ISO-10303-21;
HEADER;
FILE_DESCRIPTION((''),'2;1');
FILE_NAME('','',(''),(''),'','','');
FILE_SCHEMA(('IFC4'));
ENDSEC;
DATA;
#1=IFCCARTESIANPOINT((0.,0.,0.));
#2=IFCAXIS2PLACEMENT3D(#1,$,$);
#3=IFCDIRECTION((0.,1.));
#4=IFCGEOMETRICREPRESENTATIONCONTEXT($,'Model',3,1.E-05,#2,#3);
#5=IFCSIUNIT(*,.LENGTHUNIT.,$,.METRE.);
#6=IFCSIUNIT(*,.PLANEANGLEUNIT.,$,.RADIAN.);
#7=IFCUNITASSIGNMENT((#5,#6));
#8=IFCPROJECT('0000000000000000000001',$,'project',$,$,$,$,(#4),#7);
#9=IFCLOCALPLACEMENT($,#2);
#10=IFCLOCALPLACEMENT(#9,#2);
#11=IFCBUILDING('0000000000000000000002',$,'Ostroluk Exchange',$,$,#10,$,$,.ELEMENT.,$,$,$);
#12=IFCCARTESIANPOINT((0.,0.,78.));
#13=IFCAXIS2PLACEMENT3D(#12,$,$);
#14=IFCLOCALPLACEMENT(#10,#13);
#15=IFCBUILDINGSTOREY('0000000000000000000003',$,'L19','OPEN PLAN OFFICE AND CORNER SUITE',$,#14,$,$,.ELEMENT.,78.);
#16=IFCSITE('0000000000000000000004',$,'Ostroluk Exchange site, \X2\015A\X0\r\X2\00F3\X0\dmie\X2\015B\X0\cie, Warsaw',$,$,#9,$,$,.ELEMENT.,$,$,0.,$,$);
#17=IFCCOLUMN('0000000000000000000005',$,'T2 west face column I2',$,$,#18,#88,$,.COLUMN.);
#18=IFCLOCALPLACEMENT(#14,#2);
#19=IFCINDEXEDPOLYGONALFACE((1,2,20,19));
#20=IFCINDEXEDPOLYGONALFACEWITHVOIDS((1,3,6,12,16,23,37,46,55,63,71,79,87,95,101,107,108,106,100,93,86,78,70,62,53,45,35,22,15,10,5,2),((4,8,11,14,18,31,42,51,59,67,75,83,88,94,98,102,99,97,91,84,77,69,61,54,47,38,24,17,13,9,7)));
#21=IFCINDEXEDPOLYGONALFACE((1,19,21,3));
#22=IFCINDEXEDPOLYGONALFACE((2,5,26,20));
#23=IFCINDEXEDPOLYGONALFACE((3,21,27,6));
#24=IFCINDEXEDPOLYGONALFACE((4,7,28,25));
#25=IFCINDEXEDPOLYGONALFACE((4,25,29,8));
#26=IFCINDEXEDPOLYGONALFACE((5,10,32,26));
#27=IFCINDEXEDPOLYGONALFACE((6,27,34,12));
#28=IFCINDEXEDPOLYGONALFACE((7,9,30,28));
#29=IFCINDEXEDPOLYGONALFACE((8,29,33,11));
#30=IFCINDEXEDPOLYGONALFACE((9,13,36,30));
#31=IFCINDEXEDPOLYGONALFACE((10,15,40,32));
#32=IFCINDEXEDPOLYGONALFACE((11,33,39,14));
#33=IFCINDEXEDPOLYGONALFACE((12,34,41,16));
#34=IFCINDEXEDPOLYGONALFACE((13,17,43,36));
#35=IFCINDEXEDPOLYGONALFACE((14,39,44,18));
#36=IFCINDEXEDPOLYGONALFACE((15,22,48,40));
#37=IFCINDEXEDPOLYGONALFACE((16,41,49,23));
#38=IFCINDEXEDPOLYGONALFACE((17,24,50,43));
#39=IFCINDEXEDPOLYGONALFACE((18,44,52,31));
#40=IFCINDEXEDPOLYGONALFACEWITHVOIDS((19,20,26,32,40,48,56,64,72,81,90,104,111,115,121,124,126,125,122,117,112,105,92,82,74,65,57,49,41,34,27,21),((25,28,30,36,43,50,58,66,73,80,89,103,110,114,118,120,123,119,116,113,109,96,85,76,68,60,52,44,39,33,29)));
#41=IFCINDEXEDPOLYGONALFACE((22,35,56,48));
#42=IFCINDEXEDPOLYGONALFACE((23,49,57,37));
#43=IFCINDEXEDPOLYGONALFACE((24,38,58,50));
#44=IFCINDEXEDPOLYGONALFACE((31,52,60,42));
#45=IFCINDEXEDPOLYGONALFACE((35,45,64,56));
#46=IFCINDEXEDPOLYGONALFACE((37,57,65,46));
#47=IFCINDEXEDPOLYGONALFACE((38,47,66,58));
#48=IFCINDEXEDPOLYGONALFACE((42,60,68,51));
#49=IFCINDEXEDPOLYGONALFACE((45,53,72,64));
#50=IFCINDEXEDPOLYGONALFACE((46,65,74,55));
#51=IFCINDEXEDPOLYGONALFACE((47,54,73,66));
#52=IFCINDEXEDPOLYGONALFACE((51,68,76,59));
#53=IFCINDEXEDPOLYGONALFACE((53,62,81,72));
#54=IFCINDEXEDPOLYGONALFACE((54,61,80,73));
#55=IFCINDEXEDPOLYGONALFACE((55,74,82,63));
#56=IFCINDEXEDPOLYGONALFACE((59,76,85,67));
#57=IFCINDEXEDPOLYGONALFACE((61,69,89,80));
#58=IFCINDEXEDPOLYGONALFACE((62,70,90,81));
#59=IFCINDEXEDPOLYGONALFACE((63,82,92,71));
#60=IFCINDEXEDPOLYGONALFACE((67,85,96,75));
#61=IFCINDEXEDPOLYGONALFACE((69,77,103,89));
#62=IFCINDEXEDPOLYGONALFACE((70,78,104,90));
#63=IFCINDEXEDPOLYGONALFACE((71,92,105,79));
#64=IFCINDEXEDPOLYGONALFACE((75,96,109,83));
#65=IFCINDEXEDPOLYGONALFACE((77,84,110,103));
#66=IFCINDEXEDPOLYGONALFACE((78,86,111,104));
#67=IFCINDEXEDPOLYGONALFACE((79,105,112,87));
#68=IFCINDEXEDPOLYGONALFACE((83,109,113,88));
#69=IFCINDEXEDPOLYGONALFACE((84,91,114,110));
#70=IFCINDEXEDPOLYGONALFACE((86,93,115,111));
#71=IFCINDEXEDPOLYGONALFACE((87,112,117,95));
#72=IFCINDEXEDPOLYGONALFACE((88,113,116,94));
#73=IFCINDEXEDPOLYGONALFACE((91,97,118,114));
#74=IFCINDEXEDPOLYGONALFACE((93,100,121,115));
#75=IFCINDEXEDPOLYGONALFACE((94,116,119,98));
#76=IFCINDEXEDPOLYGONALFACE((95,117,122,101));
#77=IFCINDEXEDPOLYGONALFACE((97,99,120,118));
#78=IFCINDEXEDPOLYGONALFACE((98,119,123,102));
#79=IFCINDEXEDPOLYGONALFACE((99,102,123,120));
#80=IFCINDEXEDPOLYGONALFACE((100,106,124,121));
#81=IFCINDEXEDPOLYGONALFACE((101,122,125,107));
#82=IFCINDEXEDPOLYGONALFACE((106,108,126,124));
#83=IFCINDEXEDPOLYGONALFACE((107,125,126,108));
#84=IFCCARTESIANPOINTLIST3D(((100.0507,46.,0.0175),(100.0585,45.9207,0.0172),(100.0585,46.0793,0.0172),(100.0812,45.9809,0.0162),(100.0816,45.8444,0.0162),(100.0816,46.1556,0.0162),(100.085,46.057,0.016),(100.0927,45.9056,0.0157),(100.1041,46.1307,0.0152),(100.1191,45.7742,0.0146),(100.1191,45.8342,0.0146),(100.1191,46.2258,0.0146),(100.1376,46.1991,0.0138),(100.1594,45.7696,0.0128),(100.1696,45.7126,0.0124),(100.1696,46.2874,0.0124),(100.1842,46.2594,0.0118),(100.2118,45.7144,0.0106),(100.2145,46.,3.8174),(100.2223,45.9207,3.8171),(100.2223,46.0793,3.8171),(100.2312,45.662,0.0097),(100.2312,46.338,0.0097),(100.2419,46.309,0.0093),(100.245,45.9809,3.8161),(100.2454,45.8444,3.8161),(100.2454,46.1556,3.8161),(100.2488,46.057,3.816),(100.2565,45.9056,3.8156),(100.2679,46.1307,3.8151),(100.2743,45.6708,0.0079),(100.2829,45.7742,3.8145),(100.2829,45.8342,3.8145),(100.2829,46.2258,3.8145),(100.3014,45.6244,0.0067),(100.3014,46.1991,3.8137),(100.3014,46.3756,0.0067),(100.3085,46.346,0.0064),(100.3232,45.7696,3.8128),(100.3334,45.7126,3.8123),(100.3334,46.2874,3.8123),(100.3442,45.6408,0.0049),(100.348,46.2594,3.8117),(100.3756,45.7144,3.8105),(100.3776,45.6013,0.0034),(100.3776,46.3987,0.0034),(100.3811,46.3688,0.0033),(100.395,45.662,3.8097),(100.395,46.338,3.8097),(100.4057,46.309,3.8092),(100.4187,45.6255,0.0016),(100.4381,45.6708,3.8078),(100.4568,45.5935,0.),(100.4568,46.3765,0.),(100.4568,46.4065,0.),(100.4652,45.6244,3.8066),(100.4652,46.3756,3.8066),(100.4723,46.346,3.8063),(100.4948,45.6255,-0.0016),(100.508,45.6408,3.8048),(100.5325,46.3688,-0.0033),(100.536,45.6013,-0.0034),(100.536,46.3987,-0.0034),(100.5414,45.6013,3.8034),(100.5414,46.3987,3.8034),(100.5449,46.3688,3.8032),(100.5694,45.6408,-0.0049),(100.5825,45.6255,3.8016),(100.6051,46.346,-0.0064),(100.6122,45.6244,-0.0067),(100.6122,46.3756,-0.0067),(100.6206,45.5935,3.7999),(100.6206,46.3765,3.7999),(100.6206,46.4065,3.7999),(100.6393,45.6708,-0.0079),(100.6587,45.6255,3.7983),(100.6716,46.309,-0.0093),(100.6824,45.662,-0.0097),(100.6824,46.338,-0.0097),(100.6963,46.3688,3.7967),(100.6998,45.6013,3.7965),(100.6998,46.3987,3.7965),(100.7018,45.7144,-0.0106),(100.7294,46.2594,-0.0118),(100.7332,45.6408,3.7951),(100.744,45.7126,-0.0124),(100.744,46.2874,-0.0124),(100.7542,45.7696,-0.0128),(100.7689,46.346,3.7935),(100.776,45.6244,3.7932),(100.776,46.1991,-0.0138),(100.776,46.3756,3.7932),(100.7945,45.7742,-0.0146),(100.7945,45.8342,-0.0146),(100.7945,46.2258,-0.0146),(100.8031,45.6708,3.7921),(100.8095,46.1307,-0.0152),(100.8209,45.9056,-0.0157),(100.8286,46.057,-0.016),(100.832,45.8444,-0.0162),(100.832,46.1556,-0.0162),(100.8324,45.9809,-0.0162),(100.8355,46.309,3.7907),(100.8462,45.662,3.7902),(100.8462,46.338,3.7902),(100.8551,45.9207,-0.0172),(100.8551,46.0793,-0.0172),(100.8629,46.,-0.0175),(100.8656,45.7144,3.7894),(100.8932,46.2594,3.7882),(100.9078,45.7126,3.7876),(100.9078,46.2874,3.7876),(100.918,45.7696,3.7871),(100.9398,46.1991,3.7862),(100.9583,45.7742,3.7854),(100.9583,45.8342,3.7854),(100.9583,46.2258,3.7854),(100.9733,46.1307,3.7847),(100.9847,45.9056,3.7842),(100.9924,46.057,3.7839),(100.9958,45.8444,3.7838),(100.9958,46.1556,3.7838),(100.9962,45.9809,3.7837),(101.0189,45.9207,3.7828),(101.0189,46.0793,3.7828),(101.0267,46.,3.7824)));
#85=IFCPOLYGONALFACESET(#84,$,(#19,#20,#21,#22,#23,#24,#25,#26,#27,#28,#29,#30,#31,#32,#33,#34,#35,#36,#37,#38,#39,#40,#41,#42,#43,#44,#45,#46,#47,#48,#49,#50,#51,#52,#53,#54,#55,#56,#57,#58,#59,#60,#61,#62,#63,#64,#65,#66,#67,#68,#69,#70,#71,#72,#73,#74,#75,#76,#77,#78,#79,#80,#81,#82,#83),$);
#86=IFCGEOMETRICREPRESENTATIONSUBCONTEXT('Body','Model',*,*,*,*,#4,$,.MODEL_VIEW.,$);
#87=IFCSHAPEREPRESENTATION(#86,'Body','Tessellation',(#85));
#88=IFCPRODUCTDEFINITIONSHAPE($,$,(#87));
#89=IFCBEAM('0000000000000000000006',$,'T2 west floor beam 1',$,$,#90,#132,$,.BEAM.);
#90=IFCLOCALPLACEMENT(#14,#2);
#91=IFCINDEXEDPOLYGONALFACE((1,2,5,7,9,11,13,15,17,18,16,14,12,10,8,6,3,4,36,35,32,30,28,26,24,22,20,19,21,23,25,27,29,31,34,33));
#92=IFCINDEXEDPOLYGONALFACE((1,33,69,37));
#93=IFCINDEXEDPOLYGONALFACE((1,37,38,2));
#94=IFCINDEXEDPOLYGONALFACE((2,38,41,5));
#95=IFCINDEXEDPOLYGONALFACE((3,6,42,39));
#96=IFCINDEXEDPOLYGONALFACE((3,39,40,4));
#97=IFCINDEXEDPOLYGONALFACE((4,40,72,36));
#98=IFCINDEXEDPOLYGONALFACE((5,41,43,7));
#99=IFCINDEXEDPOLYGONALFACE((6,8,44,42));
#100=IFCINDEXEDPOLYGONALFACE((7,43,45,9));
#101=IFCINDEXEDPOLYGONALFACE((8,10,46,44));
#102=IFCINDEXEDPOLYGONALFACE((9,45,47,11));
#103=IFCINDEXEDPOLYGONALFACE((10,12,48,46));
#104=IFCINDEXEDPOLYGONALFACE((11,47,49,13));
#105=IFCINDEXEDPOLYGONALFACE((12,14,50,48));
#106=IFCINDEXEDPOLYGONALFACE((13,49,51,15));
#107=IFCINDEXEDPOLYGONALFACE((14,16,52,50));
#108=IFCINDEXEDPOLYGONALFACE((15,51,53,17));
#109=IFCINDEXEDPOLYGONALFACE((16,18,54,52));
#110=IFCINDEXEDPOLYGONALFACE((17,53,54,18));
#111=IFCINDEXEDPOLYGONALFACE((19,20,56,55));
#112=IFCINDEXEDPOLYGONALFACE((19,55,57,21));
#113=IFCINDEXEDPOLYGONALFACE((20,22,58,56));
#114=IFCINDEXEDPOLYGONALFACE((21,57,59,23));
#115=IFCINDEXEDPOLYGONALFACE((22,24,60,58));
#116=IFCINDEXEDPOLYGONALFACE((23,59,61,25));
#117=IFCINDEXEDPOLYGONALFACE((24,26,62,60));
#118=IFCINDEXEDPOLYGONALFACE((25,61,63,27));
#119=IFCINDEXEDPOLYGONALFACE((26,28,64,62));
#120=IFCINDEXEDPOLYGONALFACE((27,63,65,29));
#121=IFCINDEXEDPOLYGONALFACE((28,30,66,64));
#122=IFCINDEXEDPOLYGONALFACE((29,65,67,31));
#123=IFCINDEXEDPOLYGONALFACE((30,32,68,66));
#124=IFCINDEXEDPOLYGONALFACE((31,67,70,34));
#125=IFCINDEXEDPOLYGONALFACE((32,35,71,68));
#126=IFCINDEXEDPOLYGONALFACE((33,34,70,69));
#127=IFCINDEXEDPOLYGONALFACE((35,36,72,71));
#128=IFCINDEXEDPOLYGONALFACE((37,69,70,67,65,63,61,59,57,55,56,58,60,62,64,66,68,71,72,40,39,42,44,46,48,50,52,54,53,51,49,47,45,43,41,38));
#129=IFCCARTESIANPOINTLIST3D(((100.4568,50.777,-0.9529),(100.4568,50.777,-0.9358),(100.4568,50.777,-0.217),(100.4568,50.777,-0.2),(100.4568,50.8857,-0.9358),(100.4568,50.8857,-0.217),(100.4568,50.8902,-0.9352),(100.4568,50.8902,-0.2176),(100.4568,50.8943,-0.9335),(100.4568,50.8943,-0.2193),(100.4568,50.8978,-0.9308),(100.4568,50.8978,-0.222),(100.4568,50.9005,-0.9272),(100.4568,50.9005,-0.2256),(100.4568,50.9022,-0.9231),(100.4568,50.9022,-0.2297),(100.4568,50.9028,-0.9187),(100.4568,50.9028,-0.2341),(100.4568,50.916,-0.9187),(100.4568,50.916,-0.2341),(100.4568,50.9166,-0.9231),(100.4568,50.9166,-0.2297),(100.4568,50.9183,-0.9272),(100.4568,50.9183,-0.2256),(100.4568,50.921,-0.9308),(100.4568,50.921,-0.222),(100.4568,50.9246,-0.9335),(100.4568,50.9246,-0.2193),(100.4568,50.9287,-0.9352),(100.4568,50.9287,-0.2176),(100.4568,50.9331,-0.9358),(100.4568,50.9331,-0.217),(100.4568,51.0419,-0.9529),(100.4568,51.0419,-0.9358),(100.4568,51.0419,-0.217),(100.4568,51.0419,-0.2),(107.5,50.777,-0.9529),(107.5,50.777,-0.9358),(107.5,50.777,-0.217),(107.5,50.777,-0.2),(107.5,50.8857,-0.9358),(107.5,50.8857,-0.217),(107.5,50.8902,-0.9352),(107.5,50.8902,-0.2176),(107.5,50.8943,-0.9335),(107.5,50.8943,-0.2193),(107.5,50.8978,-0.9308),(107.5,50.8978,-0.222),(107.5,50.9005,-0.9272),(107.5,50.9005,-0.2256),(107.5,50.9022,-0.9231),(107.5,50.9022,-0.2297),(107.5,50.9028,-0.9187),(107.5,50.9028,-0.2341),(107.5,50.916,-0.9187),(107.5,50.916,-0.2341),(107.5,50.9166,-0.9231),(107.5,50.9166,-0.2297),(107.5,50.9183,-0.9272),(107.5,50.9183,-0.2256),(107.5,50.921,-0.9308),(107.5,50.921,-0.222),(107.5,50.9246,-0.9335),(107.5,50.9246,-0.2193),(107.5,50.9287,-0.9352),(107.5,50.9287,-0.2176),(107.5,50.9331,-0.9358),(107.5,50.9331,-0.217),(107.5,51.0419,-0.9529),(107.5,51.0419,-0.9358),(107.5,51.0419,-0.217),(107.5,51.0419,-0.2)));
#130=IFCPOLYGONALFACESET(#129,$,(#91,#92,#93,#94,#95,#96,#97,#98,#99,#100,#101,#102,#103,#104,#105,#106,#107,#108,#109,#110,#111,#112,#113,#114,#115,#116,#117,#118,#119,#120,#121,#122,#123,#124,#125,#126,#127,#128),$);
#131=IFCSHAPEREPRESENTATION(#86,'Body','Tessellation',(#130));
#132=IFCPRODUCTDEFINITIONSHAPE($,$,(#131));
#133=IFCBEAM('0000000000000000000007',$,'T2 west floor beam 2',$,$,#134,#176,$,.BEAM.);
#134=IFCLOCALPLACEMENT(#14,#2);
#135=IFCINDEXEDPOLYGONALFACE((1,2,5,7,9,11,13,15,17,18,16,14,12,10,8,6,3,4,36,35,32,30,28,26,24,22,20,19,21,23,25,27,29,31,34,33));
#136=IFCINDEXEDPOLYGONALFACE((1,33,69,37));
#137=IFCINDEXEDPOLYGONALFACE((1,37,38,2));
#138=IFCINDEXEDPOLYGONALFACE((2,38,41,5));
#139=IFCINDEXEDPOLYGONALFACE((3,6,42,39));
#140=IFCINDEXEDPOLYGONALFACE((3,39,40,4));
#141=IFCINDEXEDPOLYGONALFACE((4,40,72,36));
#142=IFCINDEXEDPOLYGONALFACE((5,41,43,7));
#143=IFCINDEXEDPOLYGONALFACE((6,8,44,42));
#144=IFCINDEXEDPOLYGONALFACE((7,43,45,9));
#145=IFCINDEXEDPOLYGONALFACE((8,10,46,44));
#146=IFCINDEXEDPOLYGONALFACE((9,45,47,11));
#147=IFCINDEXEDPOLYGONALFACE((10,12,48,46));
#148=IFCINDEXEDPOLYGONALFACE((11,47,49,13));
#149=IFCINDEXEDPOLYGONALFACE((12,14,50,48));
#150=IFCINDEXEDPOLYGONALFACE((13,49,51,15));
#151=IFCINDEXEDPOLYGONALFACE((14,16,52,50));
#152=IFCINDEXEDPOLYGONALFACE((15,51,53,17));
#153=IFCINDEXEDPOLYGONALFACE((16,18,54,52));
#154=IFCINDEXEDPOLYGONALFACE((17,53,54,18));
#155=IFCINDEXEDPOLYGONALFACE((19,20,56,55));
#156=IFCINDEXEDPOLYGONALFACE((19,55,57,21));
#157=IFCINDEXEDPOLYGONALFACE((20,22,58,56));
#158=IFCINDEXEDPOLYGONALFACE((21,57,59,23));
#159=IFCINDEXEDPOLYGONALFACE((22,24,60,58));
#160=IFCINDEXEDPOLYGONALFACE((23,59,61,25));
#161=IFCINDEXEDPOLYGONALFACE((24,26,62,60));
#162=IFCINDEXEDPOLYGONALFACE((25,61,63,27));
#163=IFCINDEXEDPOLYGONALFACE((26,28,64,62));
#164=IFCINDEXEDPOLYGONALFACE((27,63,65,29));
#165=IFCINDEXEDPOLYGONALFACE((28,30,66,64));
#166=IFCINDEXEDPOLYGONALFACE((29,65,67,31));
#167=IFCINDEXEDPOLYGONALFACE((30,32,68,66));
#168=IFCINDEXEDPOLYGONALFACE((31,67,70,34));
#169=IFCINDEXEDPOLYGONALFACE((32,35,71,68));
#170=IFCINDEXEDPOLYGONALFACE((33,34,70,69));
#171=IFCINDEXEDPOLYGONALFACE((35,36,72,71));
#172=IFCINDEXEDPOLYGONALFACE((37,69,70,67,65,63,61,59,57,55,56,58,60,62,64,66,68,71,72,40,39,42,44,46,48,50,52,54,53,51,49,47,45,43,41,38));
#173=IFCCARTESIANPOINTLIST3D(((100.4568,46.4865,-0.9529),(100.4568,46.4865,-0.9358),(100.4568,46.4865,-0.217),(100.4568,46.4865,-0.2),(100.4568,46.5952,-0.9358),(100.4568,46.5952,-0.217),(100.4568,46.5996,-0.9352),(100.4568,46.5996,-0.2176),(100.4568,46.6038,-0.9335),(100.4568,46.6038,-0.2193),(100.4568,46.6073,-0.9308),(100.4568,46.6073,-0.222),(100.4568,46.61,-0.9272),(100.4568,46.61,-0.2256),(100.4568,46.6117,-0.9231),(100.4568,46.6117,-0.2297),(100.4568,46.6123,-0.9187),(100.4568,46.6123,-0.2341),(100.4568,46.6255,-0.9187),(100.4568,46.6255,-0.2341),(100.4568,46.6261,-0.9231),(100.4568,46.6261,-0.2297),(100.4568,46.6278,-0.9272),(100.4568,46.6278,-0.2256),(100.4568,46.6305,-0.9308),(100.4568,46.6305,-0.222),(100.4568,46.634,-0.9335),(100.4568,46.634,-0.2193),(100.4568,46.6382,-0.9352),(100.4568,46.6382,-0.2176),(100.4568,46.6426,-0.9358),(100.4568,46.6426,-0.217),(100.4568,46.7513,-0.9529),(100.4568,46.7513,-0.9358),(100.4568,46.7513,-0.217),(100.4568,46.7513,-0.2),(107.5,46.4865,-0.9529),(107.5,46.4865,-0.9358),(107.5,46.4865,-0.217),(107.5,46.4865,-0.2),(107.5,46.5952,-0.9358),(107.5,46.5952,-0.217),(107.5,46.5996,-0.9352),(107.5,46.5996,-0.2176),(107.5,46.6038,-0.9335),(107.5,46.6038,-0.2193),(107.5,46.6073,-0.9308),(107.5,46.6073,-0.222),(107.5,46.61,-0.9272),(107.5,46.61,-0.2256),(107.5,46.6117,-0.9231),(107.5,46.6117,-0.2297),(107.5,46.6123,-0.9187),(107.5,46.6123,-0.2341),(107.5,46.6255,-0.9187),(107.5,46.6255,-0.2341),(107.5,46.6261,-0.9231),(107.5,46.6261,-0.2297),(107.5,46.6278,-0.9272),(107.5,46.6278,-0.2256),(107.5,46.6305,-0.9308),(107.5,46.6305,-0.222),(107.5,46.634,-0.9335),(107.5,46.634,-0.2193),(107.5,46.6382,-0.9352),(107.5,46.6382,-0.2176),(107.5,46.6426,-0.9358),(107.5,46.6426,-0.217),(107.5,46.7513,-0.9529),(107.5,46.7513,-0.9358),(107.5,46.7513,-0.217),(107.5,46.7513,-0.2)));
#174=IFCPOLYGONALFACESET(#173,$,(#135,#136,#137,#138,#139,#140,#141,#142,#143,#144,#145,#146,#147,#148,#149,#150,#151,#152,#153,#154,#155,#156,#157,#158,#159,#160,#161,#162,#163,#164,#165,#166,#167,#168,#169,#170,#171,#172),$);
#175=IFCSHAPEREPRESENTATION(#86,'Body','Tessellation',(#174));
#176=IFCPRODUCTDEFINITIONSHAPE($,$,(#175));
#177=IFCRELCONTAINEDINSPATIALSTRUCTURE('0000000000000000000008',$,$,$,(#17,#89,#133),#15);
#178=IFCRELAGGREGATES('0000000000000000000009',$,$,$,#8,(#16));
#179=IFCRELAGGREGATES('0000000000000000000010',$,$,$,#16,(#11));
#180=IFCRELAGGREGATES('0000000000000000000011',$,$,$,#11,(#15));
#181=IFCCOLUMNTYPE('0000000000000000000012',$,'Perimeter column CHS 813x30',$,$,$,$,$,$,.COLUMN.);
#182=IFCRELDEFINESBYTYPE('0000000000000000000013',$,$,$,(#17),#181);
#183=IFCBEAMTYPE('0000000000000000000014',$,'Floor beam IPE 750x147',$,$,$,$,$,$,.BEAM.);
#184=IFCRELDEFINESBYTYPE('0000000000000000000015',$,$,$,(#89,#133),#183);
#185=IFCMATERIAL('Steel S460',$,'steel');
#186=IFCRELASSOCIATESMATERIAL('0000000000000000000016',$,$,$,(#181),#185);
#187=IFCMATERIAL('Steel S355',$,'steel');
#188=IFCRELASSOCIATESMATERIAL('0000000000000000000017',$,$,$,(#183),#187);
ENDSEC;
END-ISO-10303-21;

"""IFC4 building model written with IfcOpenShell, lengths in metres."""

from ifc_helpers import new_model, si_unit, direction, frame, origin, origin_2d, place, context, subcontext, project, spatial, hollow_circle, i_section, extrude, material, material_profile, profile_set, type_object, element, save


model = new_model("IFC4")

# Units and contexts
model_context = context("Model", 3, precision=1e-05, world=origin(), true_north=direction((0.0, 1.0)))
body_context = subcontext(model_context, "Body", "Model", "MODEL_VIEW")
ifc_project = project(units=[si_unit("LENGTHUNIT", "METRE"), si_unit("PLANEANGLEUNIT", "RADIAN")], contexts=[model_context])

# Site, building, storey
site_placement = place(None, origin())
site = spatial("IfcSite", under=ifc_project, at=site_placement, Name="Ostroluk Exchange site, Śródmieście, Warsaw", CompositionType="ELEMENT", RefElevation=0.0)
building_placement = place(site_placement, origin())
building = spatial("IfcBuilding", under=site, at=building_placement, Name="Ostroluk Exchange", CompositionType="ELEMENT")
storey_placement = place(building_placement, frame((0.0, 0.0, 78.0)))
storey = spatial("IfcBuildingStorey", under=building, at=storey_placement, Name="L19", Description="OPEN PLAN OFFICE AND CORNER SUITE", CompositionType="ELEMENT", Elevation=78.0)

# Column
ifc_material_1 = material(Name="Steel S460", Category="steel")
ifc_material_profile_1 = material_profile(ifc_material_1, hollow_circle(Radius=0.4065, WallThickness=0.03, at=origin_2d()), Name="CHS 813x30")
ifc_profile_set_1 = profile_set([ifc_material_profile_1], Name="Steel S460")
column_type = type_object("IfcColumnType", Name="Perimeter column CHS 813x30", PredefinedType="COLUMN", material=ifc_profile_set_1)
column_placement = place(storey_placement, frame((100.4568, 46.0, 0.0), z_axis=(0.04307, 0.0, 0.999072), x_axis=(0.0, 1.0, 0.0)))
element("IfcColumn", 1, at=column_placement, inside=storey, type_object=column_type, Name="T2 west face column I2", PredefinedType="COLUMN", context=body_context, shape_type="SweptSolid", body=[
    extrude(hollow_circle(Radius=0.4065, WallThickness=0.03, at=origin_2d()), origin(), (0.0, 0.0, 1.0), 3.8035),
])

# Beams
ifc_material_2 = material(Name="Steel S355", Category="steel")
ifc_material_profile_2 = material_profile(ifc_material_2, i_section(OverallWidth=0.2649, OverallDepth=0.7529, WebThickness=0.0132, FlangeThickness=0.0171, FilletRadius=0.0171, at=origin_2d()), Name="IPE 750x147")
ifc_profile_set_2 = profile_set([ifc_material_profile_2], Name="Steel S355")
beam_type_1 = type_object("IfcBeamType", Name="Floor beam IPE 750x147", PredefinedType="BEAM", material=ifc_profile_set_2)
for number, where, z_axis, x_axis, name in (
    (2, (107.5, 50.9094, -0.5764), (-1.0, 0.0, 0.0), (0.0, -1.0, 0.0), "T2 west floor beam 1"),
    (3, (107.5, 46.6189, -0.5764), (-1.0, 0.0, 0.0), (0.0, -1.0, 0.0), "T2 west floor beam 2"),
):
    element("IfcBeam", number, at=place(storey_placement, frame(where, z_axis=z_axis, x_axis=x_axis)), inside=storey, type_object=beam_type_1, Name=name, PredefinedType="BEAM", context=body_context, shape_type="SweptSolid", body=[
        extrude(i_section(OverallWidth=0.2649, OverallDepth=0.7529, WebThickness=0.0132, FlangeThickness=0.0171, FilletRadius=0.0171, at=origin_2d()), origin(), (0.0, 0.0, 1.0), 7.0432),
    ])

save(model, "model.ifc")
